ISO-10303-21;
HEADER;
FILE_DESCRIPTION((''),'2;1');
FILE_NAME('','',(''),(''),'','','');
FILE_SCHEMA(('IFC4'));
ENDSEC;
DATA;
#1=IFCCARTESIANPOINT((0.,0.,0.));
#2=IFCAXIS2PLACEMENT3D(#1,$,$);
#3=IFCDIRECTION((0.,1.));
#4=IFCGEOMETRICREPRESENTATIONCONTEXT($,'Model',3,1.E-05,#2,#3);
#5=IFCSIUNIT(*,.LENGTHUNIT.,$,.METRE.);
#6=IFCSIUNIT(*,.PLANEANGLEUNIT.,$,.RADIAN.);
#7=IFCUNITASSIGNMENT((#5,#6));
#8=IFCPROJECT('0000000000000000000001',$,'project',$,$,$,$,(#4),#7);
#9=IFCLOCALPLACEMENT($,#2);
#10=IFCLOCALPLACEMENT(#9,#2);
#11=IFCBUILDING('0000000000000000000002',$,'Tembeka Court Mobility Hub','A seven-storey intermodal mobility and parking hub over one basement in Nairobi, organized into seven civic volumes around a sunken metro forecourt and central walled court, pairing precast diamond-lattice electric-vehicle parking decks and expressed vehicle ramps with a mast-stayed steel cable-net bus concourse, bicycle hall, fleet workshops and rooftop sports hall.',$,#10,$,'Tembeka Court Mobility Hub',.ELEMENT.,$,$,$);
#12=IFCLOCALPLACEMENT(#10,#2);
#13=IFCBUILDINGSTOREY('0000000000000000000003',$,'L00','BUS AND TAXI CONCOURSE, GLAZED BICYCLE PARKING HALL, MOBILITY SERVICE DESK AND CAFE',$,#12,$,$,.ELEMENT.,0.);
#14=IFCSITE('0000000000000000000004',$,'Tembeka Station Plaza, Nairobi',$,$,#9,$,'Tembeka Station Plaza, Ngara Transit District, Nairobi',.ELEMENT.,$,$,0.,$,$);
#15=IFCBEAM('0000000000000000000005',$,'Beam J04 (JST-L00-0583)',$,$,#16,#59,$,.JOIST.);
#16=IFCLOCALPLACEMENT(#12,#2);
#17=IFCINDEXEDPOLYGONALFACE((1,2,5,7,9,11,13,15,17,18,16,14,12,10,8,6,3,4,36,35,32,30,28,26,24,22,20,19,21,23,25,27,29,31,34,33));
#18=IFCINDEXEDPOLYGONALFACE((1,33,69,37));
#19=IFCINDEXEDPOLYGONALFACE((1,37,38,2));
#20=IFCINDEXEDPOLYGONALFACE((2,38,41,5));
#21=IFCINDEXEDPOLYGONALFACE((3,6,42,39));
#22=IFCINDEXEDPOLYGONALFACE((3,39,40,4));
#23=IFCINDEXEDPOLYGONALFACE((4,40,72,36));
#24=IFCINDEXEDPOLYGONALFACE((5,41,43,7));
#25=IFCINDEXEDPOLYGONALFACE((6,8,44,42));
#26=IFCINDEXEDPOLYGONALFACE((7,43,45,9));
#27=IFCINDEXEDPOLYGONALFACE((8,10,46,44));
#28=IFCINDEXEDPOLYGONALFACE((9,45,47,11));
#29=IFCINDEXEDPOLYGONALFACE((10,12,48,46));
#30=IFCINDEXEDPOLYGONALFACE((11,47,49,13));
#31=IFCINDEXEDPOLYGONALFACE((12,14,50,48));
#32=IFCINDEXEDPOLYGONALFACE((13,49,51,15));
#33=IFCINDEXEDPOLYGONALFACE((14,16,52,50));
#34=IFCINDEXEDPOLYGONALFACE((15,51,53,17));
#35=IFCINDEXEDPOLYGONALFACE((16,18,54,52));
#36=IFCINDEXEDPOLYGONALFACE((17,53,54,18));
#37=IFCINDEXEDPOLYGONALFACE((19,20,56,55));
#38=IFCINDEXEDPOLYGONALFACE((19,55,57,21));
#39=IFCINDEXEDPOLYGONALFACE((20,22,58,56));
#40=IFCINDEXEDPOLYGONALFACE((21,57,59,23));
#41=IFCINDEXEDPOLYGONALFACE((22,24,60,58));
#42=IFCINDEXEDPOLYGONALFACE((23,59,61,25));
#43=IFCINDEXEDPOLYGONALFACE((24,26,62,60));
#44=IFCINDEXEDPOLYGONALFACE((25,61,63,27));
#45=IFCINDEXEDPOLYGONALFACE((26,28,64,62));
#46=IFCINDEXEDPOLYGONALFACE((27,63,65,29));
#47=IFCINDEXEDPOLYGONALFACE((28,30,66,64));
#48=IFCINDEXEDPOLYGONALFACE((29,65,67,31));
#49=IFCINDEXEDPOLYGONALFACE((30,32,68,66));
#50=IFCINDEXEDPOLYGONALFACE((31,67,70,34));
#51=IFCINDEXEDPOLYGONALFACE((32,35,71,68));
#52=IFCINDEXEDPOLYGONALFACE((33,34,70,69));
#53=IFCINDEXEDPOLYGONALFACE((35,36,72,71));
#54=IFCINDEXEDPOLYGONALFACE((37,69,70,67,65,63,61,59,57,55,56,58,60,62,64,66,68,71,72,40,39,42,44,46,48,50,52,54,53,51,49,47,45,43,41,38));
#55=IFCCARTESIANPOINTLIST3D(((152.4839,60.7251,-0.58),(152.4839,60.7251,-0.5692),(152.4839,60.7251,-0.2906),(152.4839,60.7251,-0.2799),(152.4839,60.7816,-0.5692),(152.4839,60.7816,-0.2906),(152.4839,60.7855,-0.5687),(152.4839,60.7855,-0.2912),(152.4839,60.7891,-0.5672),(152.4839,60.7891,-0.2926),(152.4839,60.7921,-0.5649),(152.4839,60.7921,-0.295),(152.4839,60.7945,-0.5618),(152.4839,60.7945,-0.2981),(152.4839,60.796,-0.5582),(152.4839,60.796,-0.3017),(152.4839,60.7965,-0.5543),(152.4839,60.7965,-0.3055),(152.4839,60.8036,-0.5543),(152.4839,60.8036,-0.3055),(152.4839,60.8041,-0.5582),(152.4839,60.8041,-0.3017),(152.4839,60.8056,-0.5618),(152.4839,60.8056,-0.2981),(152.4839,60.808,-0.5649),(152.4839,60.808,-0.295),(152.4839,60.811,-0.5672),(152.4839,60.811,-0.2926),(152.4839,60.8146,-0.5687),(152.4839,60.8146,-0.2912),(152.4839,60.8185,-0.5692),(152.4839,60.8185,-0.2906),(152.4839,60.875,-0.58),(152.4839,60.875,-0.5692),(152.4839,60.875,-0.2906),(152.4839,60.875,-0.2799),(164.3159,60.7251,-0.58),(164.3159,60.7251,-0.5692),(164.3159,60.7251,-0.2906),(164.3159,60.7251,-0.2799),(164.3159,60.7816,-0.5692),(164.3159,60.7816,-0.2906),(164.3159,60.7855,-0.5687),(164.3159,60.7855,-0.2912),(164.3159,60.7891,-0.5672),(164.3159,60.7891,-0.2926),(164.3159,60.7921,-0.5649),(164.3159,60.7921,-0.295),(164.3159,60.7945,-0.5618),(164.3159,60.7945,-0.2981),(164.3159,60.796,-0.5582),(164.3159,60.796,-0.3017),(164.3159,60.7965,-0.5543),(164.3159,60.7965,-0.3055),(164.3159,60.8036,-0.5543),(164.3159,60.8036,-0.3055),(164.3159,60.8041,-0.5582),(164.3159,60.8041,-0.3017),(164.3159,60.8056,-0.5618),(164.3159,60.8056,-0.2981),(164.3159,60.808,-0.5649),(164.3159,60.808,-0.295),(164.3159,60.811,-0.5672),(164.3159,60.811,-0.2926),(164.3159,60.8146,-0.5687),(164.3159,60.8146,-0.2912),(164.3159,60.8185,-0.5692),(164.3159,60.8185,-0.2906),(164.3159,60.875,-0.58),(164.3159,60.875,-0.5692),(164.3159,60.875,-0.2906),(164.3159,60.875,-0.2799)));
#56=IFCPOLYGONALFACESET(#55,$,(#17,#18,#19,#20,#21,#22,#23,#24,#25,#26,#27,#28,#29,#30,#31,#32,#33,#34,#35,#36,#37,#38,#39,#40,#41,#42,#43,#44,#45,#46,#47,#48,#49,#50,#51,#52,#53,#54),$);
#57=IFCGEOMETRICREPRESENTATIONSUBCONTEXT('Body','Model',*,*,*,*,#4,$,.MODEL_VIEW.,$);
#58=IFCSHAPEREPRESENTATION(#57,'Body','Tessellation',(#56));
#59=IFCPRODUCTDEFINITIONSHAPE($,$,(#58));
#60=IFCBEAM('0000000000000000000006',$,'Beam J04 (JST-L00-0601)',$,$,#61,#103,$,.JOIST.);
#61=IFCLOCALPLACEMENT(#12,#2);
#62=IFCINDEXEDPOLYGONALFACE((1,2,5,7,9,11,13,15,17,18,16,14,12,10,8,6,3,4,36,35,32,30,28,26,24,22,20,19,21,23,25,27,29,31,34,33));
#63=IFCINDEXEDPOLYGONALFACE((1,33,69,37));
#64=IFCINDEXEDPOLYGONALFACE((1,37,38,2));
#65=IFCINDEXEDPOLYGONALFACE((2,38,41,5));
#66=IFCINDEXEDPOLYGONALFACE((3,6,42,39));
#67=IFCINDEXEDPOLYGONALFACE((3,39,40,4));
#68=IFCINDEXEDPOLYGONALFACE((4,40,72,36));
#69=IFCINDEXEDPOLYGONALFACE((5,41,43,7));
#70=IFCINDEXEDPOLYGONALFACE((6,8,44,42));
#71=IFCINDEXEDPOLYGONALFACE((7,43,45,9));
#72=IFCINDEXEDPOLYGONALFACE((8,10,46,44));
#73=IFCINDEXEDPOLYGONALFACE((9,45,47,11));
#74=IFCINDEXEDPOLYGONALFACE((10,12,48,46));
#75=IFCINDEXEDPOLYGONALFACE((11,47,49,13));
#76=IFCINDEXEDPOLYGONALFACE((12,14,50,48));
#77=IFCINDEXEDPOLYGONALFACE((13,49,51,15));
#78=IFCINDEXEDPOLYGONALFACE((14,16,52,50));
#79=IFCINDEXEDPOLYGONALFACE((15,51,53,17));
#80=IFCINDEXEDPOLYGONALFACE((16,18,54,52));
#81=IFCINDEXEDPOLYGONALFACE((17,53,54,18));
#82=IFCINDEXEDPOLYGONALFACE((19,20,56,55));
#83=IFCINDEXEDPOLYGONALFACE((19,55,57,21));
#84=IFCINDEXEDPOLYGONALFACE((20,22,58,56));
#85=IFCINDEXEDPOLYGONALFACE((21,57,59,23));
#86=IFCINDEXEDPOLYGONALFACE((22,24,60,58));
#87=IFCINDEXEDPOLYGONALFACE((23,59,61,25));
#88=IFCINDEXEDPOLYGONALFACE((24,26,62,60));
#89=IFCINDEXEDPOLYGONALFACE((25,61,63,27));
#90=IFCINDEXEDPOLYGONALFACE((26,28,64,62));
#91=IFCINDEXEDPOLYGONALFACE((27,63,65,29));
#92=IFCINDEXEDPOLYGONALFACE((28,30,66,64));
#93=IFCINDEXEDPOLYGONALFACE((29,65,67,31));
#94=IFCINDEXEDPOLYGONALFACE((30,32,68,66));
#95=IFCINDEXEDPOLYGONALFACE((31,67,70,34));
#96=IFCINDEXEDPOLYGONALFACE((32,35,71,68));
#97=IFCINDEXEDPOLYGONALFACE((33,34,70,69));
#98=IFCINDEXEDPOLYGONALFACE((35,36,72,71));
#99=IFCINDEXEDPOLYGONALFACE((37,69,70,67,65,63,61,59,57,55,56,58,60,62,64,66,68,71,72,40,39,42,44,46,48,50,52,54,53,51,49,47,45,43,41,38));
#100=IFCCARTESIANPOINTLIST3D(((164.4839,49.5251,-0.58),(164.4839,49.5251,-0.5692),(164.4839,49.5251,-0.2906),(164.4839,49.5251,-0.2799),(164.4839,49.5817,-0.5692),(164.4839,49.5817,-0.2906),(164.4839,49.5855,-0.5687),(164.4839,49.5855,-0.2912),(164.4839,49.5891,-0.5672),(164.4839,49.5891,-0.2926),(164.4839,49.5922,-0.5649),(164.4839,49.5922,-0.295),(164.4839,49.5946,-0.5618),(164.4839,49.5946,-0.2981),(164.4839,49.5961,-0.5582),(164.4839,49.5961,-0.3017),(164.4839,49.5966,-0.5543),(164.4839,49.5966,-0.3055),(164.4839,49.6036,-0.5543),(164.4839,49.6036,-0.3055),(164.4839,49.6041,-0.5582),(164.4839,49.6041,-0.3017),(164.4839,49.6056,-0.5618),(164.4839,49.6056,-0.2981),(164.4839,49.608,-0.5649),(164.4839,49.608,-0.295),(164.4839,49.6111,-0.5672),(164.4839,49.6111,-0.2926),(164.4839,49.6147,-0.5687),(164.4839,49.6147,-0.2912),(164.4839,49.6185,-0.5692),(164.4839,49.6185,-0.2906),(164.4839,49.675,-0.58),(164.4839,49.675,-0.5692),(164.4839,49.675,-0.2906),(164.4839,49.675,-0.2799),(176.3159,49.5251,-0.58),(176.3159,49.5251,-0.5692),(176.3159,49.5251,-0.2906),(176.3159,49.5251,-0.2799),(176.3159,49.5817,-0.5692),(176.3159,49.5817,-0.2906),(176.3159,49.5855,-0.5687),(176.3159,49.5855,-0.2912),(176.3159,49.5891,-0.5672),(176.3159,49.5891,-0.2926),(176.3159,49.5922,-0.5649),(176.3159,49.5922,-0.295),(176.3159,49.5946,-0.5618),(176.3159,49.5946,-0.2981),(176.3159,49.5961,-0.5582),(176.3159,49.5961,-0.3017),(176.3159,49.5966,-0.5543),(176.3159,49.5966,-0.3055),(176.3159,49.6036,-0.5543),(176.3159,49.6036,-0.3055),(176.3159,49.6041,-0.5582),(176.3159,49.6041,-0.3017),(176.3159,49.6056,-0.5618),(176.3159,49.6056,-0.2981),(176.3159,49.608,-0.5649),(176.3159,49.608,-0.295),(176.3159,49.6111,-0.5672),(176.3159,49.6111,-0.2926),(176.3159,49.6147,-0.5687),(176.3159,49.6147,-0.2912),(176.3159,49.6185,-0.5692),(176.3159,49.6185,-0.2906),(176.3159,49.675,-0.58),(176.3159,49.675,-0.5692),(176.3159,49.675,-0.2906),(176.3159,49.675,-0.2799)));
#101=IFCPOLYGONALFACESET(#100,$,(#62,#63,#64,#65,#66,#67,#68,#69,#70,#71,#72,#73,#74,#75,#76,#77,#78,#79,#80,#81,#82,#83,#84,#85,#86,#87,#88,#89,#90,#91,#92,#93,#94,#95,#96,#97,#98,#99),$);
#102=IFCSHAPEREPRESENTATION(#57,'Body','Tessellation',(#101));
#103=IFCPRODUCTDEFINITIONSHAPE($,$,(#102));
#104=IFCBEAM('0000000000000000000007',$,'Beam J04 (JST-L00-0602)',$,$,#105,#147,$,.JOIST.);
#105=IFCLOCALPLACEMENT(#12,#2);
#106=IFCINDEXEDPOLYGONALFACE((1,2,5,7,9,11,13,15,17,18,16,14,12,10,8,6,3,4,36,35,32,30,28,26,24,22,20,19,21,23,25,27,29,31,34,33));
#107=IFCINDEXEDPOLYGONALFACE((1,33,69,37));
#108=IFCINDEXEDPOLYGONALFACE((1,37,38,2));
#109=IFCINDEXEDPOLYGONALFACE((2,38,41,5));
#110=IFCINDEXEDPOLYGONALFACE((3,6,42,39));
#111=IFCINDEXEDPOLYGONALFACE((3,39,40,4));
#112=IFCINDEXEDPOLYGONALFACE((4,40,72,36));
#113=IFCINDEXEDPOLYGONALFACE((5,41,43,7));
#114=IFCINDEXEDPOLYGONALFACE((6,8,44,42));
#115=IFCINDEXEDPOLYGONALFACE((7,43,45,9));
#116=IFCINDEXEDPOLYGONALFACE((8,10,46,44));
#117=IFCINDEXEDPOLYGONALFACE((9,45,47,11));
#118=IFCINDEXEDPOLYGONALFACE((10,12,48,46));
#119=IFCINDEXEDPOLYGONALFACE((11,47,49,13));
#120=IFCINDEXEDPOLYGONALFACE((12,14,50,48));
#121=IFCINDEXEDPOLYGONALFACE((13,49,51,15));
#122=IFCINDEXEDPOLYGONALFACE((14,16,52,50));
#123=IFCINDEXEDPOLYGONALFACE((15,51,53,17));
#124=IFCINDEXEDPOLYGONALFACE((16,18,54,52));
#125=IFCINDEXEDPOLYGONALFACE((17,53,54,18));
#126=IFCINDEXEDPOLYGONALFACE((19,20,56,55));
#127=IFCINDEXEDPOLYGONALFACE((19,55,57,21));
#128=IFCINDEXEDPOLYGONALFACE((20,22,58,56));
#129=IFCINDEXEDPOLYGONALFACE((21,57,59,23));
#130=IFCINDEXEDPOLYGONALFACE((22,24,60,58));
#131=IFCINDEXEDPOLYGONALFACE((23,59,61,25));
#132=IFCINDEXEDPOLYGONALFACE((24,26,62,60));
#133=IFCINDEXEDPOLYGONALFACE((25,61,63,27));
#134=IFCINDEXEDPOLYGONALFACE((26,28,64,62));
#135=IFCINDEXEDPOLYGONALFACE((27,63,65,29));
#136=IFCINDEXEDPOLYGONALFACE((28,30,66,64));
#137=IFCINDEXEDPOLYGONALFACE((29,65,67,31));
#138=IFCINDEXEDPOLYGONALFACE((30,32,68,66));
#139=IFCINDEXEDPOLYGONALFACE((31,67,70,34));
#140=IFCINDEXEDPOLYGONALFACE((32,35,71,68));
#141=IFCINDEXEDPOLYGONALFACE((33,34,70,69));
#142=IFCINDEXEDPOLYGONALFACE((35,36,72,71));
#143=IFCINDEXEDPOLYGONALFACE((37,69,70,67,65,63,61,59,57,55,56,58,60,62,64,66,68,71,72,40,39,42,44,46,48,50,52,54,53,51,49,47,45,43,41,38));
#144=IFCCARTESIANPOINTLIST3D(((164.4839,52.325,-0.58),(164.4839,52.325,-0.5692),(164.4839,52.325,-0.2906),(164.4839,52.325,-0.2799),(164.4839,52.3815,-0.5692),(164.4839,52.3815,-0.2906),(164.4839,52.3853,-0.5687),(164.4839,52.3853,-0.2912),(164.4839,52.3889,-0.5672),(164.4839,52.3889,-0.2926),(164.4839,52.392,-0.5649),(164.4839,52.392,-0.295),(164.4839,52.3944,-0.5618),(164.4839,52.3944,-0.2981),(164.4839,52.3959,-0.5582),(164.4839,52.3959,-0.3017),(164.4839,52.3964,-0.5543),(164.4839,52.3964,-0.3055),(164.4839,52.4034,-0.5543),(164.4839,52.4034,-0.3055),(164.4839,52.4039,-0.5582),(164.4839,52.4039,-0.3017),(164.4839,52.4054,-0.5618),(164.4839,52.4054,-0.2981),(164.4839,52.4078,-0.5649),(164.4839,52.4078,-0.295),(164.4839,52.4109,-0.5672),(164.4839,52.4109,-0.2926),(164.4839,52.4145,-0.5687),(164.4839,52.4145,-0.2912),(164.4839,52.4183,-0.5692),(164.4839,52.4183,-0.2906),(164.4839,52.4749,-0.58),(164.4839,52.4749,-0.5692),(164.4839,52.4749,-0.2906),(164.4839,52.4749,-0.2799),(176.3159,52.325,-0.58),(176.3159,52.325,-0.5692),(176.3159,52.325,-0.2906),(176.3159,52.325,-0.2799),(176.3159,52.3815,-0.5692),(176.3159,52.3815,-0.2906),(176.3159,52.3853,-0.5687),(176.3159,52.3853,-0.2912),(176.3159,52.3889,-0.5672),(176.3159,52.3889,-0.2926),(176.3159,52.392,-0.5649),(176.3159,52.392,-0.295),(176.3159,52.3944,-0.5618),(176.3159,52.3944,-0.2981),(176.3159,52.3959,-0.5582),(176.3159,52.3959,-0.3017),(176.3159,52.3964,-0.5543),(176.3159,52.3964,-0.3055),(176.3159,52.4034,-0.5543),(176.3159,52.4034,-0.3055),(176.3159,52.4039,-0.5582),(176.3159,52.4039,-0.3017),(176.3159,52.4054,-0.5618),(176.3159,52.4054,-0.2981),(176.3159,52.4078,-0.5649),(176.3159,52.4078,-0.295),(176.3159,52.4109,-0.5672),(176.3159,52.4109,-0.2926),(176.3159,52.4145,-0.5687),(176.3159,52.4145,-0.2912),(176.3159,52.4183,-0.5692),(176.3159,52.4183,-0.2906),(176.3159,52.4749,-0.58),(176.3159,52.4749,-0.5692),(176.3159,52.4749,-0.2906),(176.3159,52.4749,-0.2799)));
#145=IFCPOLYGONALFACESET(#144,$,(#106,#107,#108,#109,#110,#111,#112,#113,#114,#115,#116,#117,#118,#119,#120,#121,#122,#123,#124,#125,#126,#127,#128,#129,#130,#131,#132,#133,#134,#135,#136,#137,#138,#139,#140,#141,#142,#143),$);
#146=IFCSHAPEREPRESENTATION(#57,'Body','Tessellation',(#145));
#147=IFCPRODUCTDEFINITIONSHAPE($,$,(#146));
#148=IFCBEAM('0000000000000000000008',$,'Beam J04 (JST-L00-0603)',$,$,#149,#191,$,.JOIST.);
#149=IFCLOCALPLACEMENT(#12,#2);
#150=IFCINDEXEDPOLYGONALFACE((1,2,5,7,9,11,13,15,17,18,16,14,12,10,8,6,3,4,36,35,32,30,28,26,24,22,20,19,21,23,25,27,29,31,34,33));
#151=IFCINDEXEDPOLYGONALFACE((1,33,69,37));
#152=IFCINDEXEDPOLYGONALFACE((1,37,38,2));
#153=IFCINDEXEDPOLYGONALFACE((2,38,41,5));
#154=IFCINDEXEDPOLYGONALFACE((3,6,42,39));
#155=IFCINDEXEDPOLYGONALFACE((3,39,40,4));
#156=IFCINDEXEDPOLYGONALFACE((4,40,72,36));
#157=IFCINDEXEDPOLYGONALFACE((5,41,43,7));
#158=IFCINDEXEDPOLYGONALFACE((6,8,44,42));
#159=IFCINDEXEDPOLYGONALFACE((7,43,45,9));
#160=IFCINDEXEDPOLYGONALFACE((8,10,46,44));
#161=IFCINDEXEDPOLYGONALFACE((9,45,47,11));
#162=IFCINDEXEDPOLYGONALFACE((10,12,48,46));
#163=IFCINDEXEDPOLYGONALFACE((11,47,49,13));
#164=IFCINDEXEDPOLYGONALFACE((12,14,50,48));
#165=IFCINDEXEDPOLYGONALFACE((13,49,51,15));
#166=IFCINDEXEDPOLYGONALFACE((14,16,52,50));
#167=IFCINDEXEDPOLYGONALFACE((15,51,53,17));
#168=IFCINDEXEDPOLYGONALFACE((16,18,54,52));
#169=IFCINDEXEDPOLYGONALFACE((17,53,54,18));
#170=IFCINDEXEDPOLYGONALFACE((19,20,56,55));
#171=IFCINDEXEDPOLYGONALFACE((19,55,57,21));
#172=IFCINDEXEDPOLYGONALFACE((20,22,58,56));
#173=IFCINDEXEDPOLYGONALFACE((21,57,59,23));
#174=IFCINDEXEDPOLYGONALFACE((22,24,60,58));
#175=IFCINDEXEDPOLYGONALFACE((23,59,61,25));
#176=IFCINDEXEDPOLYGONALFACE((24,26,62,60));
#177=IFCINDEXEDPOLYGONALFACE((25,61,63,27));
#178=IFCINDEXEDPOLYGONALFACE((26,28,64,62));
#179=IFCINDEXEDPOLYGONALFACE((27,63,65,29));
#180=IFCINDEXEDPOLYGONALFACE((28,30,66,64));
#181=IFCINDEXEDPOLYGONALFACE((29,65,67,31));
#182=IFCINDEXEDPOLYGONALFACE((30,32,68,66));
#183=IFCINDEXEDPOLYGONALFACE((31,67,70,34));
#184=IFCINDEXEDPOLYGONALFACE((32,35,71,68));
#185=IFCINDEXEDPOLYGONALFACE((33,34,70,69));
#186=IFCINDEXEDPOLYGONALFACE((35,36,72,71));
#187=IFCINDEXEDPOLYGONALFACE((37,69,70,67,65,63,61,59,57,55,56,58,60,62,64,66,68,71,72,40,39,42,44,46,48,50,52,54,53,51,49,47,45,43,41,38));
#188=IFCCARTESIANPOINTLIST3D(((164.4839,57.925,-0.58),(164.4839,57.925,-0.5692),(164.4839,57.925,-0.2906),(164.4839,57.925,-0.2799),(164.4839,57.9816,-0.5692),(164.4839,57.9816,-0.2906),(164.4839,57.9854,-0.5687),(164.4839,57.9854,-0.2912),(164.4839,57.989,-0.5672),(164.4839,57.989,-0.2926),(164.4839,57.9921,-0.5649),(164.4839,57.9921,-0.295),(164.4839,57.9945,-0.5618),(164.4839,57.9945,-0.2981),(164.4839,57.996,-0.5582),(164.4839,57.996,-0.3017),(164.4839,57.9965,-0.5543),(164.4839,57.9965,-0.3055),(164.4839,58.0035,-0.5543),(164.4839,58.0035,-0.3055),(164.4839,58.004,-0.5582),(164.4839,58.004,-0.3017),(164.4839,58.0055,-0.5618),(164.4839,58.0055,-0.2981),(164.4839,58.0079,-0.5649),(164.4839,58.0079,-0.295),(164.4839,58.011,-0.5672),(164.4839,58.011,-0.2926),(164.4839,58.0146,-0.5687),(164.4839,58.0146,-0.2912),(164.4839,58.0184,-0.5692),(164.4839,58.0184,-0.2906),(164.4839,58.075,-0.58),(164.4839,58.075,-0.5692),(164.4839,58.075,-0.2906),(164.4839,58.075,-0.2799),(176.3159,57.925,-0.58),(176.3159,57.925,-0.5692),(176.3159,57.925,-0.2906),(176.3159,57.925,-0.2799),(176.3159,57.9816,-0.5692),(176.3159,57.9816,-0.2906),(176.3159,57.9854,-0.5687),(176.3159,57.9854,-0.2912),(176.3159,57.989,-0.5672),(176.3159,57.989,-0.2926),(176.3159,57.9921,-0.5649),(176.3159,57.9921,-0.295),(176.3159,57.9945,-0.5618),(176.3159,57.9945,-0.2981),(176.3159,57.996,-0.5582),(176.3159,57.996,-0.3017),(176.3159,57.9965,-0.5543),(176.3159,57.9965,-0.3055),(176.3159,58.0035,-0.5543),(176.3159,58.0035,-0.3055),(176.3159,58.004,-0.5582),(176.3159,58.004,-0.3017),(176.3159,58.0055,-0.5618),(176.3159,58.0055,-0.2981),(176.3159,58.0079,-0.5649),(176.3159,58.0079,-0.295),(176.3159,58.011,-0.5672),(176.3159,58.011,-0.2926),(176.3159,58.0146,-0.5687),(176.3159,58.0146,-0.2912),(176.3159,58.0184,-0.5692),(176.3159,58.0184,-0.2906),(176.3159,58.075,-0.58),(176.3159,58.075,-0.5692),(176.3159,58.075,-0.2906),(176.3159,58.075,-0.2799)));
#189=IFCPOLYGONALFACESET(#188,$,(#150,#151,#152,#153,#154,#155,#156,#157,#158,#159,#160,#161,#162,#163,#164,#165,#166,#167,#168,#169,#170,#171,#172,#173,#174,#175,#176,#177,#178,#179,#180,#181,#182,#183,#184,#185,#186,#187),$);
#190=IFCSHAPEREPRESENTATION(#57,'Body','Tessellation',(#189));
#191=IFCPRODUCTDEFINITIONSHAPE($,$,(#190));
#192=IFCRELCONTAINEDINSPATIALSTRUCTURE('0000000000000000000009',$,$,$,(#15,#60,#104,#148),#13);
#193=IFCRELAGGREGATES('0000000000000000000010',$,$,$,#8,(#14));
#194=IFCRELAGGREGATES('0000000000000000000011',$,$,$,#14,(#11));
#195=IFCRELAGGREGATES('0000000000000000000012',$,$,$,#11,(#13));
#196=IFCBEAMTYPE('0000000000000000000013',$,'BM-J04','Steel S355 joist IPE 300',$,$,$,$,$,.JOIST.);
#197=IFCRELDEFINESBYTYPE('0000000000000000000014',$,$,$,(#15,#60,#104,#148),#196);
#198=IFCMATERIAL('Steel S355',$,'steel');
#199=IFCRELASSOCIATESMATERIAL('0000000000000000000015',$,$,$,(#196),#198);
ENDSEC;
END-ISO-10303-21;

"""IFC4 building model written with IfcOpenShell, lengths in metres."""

from ifc_helpers import new_model, si_unit, direction, frame, origin, origin_2d, place, context, subcontext, project, spatial, i_section, extrude, material, material_profile, profile_set, type_object, element, save


model = new_model("IFC4")

# Units and contexts
model_context = context("Model", 3, precision=1e-05, world=origin(), true_north=direction((0.0, 1.0)))
body_context = subcontext(model_context, "Body", "Model", "MODEL_VIEW")
ifc_project = project(units=[si_unit("LENGTHUNIT", "METRE"), si_unit("PLANEANGLEUNIT", "RADIAN")], contexts=[model_context])

# Site, building, storey
site_placement = place(None, origin())
site = spatial("IfcSite", under=ifc_project, at=site_placement, Name="Tembeka Station Plaza, Nairobi", LongName="Tembeka Station Plaza, Ngara Transit District, Nairobi", CompositionType="ELEMENT", RefElevation=0.0)
building_placement = place(site_placement, origin())
building = spatial("IfcBuilding", under=site, at=building_placement, Name="Tembeka Court Mobility Hub", Description="A seven-storey intermodal mobility and parking hub over one basement in Nairobi, organized into seven civic volumes around a sunken metro forecourt and central walled court, pairing precast diamond-lattice electric-vehicle parking decks and expressed vehicle ramps with a mast-stayed steel cable-net bus concourse, bicycle hall, fleet workshops and rooftop sports hall.", LongName="Tembeka Court Mobility Hub", CompositionType="ELEMENT")
storey_placement = place(building_placement, origin())
storey = spatial("IfcBuildingStorey", under=building, at=storey_placement, Name="L00", Description="BUS AND TAXI CONCOURSE, GLAZED BICYCLE PARKING HALL, MOBILITY SERVICE DESK AND CAFE", CompositionType="ELEMENT", Elevation=0.0)

# Shared definitions
ifc_material = material(Name="Steel S355", Category="steel")

# Beams
ifc_material_profile_1 = material_profile(ifc_material, i_section(OverallWidth=0.1499, OverallDepth=0.3, WebThickness=0.0071, FlangeThickness=0.0107, FilletRadius=0.0149, at=origin_2d()), Name="IPE 300")
ifc_profile_set_1 = profile_set([ifc_material_profile_1], Name="Steel S355")
beam_type_1 = type_object("IfcBeamType", Name="BM-J04", Description="Steel S355 joist IPE 300", PredefinedType="JOIST", material=ifc_profile_set_1)
for number, where, z_axis, x_axis, name in (
    (1, (152.4839, 60.8, -0.4299), (1.0, 0.0, 0.0), (0.0, 1.0, 0.0), "Beam J04 (JST-L00-0583)"),
    (2, (164.4839, 49.6001, -0.4299), (1.0, 0.0, 0.0), (0.0, 1.0, 0.0), "Beam J04 (JST-L00-0601)"),
    (3, (164.4839, 52.3999, -0.4299), (1.0, 0.0, 0.0), (0.0, 1.0, 0.0), "Beam J04 (JST-L00-0602)"),
    (4, (164.4839, 58.0, -0.4299), (1.0, 0.0, 0.0), (0.0, 1.0, 0.0), "Beam J04 (JST-L00-0603)"),
):
    element("IfcBeam", number, at=place(storey_placement, frame(where, z_axis=z_axis, x_axis=x_axis)), inside=storey, type_object=beam_type_1, Name=name, PredefinedType="JOIST", context=body_context, shape_type="SweptSolid", body=[
        extrude(i_section(OverallWidth=0.1499, OverallDepth=0.3, WebThickness=0.0071, FlangeThickness=0.0107, FilletRadius=0.0149, at=origin_2d()), origin(), (0.0, 0.0, 1.0), 11.832),
    ])

save(model, "model.ifc")
